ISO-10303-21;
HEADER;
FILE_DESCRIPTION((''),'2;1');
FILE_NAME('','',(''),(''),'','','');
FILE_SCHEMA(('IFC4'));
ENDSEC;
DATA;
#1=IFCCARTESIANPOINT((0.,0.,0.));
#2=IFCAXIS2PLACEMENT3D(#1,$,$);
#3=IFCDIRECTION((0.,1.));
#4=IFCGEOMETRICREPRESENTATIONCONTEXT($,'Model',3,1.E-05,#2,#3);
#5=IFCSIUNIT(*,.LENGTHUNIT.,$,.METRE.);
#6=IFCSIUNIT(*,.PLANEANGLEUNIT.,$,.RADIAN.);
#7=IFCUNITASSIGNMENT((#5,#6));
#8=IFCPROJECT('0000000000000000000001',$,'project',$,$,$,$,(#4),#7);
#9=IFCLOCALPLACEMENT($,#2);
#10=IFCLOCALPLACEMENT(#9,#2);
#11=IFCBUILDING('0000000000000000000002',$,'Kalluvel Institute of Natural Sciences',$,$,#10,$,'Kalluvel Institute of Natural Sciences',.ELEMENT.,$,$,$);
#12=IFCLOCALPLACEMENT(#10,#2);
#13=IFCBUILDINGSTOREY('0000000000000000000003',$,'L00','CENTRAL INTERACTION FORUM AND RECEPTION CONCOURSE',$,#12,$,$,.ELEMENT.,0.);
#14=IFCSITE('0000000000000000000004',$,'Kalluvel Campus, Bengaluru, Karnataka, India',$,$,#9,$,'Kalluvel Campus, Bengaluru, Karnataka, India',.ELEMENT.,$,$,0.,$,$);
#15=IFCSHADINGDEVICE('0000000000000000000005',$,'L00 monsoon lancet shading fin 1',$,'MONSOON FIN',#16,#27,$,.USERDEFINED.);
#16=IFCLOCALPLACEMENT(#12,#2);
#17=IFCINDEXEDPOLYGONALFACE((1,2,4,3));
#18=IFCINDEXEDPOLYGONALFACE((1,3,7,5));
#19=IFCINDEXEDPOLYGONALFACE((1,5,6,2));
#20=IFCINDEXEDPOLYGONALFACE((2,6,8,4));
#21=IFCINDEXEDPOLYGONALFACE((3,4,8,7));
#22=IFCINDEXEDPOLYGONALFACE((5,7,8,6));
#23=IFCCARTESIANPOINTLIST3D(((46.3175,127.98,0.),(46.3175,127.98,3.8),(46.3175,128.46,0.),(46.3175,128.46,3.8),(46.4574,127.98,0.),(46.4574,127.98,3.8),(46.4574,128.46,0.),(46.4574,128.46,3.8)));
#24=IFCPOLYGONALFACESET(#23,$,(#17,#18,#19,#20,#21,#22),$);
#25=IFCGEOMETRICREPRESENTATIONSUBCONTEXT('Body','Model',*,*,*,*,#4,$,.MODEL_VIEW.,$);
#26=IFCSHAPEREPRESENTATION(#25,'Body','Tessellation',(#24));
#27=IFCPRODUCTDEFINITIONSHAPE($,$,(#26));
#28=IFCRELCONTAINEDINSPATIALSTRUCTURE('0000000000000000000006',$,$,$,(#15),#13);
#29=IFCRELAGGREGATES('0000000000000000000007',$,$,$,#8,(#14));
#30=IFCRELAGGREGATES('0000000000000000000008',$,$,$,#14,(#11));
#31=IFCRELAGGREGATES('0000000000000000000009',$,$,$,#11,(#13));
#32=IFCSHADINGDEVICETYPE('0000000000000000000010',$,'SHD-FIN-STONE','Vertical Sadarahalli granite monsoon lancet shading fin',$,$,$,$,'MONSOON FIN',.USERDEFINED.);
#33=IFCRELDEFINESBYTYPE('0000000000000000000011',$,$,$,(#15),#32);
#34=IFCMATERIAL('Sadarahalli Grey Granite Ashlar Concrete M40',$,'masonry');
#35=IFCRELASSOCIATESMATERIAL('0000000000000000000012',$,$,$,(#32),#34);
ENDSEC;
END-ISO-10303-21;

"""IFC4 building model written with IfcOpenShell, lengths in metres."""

from ifc_helpers import new_model, si_unit, direction, frame, origin, origin_2d, place, context, subcontext, project, spatial, rectangle, extrude, material, type_object, element, save


model = new_model("IFC4")

# Units and contexts
model_context = context("Model", 3, precision=1e-05, world=origin(), true_north=direction((0.0, 1.0)))
body_context = subcontext(model_context, "Body", "Model", "MODEL_VIEW")
ifc_project = project(units=[si_unit("LENGTHUNIT", "METRE"), si_unit("PLANEANGLEUNIT", "RADIAN")], contexts=[model_context])

# Site, building, storey
site_placement = place(None, origin())
site = spatial("IfcSite", under=ifc_project, at=site_placement, Name="Kalluvel Campus, Bengaluru, Karnataka, India", LongName="Kalluvel Campus, Bengaluru, Karnataka, India", CompositionType="ELEMENT", RefElevation=0.0)
building_placement = place(site_placement, origin())
building = spatial("IfcBuilding", under=site, at=building_placement, Name="Kalluvel Institute of Natural Sciences", LongName="Kalluvel Institute of Natural Sciences", CompositionType="ELEMENT")
storey_placement = place(building_placement, origin())
storey = spatial("IfcBuildingStorey", under=building, at=storey_placement, Name="L00", Description="CENTRAL INTERACTION FORUM AND RECEPTION CONCOURSE", CompositionType="ELEMENT", Elevation=0.0)

# Shading device
ifc_material_1 = material(Name="Sadarahalli Grey Granite Ashlar Concrete M40", Category="masonry")
shading_device_type = type_object("IfcShadingDeviceType", Name="SHD-FIN-STONE", Description="Vertical Sadarahalli granite monsoon lancet shading fin", ElementType="MONSOON FIN", PredefinedType="USERDEFINED", material=ifc_material_1)
shading_device_placement = place(storey_placement, frame((46.3875, 128.22, 0.0), z_axis=(0.0, 0.0, 1.0), x_axis=(1.0, 0.0, 0.0)))
element("IfcShadingDevice", 1, at=shading_device_placement, inside=storey, type_object=shading_device_type, Name="L00 monsoon lancet shading fin 1", ObjectType="MONSOON FIN", PredefinedType="USERDEFINED", context=body_context, shape_type="SweptSolid", body=[
    extrude(rectangle(XDim=0.1399, YDim=0.48, at=origin_2d()), origin(), (0.0, 0.0, 1.0), 3.8),
])

save(model, "model.ifc")
